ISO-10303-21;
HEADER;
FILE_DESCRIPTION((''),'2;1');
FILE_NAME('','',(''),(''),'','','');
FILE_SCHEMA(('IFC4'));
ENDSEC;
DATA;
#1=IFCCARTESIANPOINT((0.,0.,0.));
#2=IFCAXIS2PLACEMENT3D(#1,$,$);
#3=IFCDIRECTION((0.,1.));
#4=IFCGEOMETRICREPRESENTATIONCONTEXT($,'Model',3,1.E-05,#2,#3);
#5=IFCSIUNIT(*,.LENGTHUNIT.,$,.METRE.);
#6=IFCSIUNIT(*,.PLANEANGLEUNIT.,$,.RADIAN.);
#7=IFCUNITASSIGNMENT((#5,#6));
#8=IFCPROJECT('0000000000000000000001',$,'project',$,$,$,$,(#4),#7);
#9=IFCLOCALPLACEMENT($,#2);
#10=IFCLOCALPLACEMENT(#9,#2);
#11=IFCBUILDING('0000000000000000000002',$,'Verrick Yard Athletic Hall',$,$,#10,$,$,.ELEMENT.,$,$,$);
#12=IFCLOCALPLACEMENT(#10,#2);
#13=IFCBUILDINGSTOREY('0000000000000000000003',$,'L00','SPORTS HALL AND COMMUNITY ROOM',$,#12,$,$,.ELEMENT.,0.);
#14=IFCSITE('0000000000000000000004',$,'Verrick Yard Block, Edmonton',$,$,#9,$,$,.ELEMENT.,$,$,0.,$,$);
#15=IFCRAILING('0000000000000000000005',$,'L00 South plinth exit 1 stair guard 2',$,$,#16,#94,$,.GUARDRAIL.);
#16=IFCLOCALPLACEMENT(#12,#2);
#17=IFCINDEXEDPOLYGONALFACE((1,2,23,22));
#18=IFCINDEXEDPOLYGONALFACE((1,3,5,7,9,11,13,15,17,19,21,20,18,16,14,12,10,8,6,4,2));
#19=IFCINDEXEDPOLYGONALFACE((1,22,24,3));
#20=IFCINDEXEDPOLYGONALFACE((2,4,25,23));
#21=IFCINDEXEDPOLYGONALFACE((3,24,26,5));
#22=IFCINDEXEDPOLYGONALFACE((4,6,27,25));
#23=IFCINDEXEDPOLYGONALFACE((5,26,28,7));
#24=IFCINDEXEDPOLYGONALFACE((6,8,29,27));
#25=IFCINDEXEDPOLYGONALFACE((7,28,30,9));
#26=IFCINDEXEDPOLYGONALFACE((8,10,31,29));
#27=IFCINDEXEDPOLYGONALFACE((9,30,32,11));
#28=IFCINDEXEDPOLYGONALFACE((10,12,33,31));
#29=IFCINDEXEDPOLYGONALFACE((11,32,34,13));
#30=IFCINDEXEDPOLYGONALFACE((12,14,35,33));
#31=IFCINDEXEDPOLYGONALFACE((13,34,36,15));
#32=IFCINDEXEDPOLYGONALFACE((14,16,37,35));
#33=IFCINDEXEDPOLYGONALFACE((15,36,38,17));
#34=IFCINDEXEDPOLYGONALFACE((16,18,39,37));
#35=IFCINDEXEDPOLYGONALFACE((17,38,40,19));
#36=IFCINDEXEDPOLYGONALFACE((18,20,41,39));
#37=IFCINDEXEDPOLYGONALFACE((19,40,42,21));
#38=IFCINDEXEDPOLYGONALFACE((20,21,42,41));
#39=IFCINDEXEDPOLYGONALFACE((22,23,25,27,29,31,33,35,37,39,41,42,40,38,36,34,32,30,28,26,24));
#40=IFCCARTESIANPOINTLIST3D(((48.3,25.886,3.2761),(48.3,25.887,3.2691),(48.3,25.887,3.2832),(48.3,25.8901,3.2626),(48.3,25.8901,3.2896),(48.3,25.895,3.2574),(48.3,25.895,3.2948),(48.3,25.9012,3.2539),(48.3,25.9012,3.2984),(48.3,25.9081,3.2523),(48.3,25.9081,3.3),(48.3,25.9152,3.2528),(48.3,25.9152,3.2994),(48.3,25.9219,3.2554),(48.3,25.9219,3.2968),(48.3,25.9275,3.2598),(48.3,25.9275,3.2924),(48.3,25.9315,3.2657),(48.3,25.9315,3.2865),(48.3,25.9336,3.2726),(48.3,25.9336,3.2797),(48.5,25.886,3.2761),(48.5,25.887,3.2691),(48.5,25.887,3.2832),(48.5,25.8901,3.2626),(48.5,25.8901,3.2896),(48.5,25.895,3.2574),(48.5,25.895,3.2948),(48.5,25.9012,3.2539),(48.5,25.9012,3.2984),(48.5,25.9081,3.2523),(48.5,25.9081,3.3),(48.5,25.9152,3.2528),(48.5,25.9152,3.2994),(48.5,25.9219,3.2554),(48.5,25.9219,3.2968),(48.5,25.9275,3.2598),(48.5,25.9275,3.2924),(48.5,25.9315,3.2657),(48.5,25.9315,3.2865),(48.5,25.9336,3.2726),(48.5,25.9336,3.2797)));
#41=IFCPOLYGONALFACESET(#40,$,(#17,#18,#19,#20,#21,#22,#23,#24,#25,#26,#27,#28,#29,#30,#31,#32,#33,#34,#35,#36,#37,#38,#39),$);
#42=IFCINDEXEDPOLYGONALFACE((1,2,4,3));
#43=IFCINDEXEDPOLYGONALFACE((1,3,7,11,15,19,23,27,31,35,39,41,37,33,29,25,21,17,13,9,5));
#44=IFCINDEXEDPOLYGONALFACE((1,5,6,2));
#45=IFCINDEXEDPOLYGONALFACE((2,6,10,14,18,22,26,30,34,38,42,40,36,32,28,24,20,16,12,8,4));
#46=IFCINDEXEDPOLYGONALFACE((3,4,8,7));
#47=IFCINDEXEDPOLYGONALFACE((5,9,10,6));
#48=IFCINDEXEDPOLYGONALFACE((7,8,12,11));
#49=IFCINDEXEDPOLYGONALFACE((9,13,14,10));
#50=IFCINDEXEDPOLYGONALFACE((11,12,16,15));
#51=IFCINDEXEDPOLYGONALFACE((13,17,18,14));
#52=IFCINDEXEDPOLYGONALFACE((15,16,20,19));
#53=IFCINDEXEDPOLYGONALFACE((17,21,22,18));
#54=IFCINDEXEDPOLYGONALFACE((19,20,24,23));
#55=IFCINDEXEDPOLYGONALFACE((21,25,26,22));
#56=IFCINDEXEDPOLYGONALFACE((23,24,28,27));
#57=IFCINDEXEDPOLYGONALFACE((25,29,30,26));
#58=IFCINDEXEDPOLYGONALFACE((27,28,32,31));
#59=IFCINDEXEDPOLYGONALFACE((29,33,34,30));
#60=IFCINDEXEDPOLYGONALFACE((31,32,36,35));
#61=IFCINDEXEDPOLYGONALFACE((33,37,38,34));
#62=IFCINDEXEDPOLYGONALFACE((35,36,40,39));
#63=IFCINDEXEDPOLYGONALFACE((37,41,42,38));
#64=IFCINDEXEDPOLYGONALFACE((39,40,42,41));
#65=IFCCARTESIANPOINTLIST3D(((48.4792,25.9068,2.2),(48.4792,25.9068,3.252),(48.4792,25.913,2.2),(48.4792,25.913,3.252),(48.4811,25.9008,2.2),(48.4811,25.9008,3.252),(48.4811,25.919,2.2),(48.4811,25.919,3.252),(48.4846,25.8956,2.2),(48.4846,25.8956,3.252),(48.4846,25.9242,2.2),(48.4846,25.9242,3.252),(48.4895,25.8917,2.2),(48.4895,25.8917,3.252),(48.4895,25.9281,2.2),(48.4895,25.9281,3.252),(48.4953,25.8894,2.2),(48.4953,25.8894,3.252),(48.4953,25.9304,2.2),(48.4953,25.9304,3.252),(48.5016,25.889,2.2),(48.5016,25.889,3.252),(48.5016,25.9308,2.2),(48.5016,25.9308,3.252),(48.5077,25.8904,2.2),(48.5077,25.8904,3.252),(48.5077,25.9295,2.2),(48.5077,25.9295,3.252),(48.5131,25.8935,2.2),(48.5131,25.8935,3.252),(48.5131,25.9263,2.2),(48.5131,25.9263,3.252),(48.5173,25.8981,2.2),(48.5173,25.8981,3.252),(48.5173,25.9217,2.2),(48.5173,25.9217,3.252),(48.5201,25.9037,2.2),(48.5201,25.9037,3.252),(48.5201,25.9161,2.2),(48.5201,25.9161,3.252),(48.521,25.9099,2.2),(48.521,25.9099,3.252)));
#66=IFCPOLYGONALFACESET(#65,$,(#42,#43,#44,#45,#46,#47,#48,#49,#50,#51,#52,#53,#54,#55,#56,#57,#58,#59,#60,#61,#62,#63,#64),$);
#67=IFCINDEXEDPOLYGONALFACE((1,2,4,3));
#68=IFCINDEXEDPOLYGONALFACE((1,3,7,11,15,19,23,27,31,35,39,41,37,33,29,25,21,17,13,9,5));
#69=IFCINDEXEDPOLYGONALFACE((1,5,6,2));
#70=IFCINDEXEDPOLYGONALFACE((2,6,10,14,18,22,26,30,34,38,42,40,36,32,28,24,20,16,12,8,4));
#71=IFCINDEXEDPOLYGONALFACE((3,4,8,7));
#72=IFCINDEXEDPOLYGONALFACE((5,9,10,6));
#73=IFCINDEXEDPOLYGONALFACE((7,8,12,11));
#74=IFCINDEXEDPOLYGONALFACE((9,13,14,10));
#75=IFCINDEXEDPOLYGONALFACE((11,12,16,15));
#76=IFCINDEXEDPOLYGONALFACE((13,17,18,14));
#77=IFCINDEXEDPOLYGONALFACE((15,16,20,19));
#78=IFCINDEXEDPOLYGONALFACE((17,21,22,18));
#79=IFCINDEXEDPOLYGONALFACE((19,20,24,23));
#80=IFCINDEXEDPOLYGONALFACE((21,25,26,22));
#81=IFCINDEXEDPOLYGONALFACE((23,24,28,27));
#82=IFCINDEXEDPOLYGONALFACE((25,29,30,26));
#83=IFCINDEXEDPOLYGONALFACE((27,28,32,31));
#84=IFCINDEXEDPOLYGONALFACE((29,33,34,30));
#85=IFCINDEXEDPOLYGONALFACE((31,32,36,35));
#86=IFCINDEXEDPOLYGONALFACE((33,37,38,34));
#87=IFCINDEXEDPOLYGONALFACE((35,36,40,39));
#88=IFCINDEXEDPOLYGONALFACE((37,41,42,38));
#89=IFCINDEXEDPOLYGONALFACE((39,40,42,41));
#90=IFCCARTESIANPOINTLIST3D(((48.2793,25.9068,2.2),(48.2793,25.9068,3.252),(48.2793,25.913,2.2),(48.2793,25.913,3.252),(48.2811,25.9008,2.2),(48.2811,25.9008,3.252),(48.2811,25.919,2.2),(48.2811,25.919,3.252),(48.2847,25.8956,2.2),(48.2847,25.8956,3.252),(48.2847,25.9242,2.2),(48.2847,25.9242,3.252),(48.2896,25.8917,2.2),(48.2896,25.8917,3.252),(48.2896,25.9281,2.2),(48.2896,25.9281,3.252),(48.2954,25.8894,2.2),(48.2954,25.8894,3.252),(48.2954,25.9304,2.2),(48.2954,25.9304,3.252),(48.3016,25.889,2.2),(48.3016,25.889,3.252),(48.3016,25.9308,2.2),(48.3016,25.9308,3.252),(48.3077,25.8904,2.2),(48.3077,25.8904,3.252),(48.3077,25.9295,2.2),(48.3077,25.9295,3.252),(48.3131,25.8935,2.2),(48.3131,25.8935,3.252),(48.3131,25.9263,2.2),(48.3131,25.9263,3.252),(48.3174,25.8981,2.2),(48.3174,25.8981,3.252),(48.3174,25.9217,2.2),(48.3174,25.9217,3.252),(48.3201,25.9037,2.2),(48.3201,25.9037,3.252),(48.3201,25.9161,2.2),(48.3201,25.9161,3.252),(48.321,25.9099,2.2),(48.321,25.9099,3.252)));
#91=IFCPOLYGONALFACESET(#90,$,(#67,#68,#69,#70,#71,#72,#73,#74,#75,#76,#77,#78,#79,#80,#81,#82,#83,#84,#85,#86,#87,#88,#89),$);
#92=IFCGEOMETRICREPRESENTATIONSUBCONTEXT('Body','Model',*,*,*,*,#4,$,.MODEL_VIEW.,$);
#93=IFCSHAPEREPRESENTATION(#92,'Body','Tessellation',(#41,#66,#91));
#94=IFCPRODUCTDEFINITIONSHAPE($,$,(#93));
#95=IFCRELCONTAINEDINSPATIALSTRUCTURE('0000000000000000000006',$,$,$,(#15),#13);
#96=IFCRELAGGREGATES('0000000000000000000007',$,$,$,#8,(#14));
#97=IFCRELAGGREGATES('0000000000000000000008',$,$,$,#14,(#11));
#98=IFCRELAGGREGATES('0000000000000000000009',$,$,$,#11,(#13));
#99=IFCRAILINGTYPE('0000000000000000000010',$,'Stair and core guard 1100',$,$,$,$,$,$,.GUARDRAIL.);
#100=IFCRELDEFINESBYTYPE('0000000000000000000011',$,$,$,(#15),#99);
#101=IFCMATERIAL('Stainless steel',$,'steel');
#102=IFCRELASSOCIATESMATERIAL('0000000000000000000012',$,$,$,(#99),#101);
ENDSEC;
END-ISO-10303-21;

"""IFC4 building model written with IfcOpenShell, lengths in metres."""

from ifc_helpers import new_model, si_unit, direction, frame, origin, origin_2d, place, context, subcontext, project, spatial, circle, extrude, material, type_object, element, save


model = new_model("IFC4")

# Units and contexts
model_context = context("Model", 3, precision=1e-05, world=origin(), true_north=direction((0.0, 1.0)))
body_context = subcontext(model_context, "Body", "Model", "MODEL_VIEW")
ifc_project = project(units=[si_unit("LENGTHUNIT", "METRE"), si_unit("PLANEANGLEUNIT", "RADIAN")], contexts=[model_context])

# Site, building, storey
site_placement = place(None, origin())
site = spatial("IfcSite", under=ifc_project, at=site_placement, Name="Verrick Yard Block, Edmonton", CompositionType="ELEMENT", RefElevation=0.0)
building_placement = place(site_placement, origin())
building = spatial("IfcBuilding", under=site, at=building_placement, Name="Verrick Yard Athletic Hall", CompositionType="ELEMENT")
storey_placement = place(building_placement, origin())
storey = spatial("IfcBuildingStorey", under=building, at=storey_placement, Name="L00", Description="SPORTS HALL AND COMMUNITY ROOM", CompositionType="ELEMENT", Elevation=0.0)

# Railing
ifc_material_1 = material(Name="Stainless steel", Category="steel")
railing_type_1 = type_object("IfcRailingType", Name="Stair and core guard 1100", PredefinedType="GUARDRAIL", material=ifc_material_1)
railing_1_placement = place(storey_placement, frame((48.5, 25.9099, 2.2)))
element("IfcRailing", 1, at=railing_1_placement, inside=storey, type_object=railing_type_1, Name="L00 South plinth exit 1 stair guard 2", PredefinedType="GUARDRAIL", context=body_context, shape_type="SweptSolid", body=[
    extrude(circle(Radius=0.0239, at=origin_2d()), frame((0.0, 0.0, 1.0762), z_axis=(-1.0, 0.0, 0.0), x_axis=(0.0, -1.0, 0.0)), (0.0, 0.0, 1.0), 0.2),
    extrude(circle(Radius=0.021, at=origin_2d()), origin(), (0.0, 0.0, 1.0), 1.052),
    extrude(circle(Radius=0.021, at=origin_2d()), frame((-0.2, 0.0, 0.0)), (0.0, 0.0, 1.0), 1.052),
])

save(model, "model.ifc")
